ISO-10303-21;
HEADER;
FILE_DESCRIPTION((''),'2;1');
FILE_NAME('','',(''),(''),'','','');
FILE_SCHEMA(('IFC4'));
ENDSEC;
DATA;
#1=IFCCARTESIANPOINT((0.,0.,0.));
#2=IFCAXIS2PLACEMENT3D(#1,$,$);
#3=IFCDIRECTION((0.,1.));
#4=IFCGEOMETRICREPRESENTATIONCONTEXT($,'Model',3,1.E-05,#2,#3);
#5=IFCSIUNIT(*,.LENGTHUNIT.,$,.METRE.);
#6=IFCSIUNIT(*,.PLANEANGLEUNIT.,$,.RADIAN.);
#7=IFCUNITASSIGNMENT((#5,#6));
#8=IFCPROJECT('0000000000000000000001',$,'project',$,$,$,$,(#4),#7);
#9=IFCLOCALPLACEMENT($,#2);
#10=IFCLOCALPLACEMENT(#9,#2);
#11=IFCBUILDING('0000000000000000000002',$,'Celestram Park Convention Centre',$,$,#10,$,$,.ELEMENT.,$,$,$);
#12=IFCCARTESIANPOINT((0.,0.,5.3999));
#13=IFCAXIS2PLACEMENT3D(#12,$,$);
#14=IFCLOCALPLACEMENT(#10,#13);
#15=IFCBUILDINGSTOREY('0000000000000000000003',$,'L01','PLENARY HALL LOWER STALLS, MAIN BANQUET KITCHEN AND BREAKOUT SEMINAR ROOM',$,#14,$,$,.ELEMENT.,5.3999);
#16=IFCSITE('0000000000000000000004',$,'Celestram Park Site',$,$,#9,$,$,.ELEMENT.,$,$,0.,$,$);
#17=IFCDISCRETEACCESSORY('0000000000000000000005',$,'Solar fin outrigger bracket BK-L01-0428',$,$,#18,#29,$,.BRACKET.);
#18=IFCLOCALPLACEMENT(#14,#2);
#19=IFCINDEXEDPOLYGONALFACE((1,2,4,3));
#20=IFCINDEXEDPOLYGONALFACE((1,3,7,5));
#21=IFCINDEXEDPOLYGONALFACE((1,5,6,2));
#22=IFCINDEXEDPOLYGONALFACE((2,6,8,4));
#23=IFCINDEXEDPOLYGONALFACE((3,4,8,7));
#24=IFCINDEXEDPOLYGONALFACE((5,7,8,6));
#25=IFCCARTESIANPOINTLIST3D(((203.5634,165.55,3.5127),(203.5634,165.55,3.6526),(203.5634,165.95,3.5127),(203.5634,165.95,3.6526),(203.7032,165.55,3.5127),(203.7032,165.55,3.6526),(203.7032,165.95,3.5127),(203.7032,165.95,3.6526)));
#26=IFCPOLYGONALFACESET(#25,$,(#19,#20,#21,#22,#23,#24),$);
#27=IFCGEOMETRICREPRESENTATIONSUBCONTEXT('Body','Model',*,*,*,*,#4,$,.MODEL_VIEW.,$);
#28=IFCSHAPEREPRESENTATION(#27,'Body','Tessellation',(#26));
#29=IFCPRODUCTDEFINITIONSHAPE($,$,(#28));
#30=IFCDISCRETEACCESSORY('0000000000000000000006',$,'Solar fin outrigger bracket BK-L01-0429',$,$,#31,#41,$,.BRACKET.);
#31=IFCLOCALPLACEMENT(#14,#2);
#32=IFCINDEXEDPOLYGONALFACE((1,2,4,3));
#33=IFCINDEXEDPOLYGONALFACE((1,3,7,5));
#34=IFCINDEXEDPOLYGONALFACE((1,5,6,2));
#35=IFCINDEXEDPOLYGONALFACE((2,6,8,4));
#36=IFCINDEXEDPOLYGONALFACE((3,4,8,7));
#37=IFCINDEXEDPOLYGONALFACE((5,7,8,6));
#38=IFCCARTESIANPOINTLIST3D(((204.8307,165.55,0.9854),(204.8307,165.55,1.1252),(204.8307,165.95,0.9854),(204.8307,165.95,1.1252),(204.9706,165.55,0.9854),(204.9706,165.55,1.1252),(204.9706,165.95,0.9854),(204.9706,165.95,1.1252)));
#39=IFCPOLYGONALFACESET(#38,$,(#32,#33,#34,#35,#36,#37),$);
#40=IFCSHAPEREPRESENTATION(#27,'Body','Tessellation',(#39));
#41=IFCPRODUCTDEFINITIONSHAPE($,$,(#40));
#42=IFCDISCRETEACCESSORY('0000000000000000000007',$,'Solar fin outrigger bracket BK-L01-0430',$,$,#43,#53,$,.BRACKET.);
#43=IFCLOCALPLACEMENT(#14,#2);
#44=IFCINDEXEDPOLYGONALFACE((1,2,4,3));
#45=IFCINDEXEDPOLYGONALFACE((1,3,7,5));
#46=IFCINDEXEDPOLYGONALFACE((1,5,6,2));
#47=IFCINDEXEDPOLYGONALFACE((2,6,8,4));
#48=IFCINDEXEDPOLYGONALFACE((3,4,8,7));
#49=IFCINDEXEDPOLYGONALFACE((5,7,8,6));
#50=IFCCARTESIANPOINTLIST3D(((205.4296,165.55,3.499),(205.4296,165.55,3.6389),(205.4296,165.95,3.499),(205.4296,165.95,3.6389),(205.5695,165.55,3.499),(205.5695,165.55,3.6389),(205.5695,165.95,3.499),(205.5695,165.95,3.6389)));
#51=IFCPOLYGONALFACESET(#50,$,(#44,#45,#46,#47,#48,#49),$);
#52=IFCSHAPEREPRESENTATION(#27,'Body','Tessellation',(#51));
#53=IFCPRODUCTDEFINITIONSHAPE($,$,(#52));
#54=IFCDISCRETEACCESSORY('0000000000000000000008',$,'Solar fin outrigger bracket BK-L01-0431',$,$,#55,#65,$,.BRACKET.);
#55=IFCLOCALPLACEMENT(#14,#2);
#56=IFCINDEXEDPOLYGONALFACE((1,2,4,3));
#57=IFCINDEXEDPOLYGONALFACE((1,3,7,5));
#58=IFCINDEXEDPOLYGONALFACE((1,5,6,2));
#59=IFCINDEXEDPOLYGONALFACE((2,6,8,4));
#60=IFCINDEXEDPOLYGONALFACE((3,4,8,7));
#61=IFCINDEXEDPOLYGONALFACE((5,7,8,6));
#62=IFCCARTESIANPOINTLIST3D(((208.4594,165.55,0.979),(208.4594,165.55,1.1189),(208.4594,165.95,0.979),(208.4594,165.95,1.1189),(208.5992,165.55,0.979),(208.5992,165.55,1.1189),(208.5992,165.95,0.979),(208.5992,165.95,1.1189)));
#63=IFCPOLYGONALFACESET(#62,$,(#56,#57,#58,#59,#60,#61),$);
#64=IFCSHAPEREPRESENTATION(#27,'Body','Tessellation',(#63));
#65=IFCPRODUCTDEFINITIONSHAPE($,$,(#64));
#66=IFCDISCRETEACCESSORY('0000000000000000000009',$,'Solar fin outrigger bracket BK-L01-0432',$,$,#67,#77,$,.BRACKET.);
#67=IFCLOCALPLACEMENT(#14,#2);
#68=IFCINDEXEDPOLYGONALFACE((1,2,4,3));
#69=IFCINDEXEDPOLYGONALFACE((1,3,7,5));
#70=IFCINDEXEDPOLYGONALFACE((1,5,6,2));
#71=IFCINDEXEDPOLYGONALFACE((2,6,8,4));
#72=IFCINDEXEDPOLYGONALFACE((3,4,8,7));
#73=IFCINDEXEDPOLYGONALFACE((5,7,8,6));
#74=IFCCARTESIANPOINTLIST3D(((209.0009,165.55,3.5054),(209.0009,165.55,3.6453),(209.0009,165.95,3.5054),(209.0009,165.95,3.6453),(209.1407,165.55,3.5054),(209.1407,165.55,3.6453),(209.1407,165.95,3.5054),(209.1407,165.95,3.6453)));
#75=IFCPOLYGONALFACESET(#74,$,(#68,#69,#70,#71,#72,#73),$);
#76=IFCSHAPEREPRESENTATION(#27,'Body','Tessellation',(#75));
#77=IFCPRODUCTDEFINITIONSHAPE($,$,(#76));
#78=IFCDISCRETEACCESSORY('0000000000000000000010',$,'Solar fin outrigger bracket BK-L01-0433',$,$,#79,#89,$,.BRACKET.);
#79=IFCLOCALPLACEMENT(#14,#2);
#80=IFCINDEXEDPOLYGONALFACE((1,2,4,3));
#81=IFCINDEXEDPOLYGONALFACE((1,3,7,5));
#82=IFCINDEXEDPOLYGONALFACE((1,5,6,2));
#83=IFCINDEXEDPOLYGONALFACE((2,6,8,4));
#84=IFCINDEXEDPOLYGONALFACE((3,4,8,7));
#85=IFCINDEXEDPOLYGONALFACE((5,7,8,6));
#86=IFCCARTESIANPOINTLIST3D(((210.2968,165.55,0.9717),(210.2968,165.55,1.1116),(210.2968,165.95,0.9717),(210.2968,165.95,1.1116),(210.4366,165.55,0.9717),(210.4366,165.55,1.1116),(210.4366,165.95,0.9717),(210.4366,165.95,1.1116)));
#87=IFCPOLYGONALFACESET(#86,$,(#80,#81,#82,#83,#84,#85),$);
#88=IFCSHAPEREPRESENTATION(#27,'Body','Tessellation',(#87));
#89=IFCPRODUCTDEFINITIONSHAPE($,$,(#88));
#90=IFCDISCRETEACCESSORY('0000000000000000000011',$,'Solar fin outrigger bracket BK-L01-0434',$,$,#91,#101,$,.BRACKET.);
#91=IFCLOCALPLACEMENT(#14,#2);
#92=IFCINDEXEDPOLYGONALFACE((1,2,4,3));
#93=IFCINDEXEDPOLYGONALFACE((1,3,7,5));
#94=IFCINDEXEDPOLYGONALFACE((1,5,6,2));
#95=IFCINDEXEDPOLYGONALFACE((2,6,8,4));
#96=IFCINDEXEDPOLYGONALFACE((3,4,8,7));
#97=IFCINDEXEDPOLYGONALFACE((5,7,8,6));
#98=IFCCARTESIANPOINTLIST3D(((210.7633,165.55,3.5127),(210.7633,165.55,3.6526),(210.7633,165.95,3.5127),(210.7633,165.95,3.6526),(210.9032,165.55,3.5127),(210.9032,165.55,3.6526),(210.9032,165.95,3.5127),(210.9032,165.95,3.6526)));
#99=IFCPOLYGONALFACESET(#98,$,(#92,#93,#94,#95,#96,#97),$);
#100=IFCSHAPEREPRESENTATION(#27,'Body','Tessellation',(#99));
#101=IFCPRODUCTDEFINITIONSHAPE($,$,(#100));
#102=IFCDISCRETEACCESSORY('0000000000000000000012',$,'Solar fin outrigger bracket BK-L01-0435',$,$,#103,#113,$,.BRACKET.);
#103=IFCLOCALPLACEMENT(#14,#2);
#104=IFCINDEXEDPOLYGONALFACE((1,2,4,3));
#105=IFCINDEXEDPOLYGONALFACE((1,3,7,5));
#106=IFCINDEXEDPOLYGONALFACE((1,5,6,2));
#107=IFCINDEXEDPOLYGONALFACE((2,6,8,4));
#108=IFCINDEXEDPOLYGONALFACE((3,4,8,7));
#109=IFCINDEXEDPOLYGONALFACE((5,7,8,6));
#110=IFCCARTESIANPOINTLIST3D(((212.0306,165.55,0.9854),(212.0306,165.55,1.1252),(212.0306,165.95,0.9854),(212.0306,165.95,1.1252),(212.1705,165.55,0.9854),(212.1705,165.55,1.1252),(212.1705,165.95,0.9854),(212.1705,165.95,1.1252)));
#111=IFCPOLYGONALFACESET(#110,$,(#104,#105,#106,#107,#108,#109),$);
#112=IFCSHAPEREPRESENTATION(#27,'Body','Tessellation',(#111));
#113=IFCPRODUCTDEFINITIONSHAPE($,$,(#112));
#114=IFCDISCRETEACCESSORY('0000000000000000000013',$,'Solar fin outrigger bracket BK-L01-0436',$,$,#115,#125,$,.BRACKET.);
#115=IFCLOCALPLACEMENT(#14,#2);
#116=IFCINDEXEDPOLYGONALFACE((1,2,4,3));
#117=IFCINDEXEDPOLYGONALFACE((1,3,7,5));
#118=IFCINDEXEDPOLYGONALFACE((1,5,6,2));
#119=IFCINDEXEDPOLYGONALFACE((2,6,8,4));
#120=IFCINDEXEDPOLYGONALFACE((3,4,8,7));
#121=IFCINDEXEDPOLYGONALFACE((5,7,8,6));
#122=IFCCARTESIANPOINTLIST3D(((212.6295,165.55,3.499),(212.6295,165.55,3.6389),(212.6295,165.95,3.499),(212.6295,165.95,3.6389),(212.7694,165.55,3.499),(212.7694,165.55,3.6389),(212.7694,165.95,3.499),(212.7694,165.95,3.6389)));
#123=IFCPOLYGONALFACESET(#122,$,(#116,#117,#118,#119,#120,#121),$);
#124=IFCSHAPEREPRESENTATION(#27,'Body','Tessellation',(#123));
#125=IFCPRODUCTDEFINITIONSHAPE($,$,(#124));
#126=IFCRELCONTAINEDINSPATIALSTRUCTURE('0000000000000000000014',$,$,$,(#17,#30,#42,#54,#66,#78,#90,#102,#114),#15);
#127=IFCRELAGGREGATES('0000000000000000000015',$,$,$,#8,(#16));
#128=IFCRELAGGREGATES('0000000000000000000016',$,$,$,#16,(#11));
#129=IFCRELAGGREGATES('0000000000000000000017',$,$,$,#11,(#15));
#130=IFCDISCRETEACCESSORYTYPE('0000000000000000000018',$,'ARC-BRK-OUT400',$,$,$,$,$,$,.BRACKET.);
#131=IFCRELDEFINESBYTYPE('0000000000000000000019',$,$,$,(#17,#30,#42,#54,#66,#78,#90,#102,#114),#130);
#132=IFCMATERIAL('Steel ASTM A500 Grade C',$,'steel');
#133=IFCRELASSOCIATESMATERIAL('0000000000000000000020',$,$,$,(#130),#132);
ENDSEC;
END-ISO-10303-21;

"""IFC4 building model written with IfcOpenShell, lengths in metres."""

from ifc_helpers import new_model, si_unit, direction, frame, origin, origin_2d, place, context, subcontext, project, spatial, rectangle, extrude, material, type_object, element, save


model = new_model("IFC4")

# Units and contexts
model_context = context("Model", 3, precision=1e-05, world=origin(), true_north=direction((0.0, 1.0)))
body_context = subcontext(model_context, "Body", "Model", "MODEL_VIEW")
ifc_project = project(units=[si_unit("LENGTHUNIT", "METRE"), si_unit("PLANEANGLEUNIT", "RADIAN")], contexts=[model_context])

# Site, building, storey
site_placement = place(None, origin())
site = spatial("IfcSite", under=ifc_project, at=site_placement, Name="Celestram Park Site", CompositionType="ELEMENT", RefElevation=0.0)
building_placement = place(site_placement, origin())
building = spatial("IfcBuilding", under=site, at=building_placement, Name="Celestram Park Convention Centre", CompositionType="ELEMENT")
storey_placement = place(building_placement, frame((0.0, 0.0, 5.3999)))
storey = spatial("IfcBuildingStorey", under=building, at=storey_placement, Name="L01", Description="PLENARY HALL LOWER STALLS, MAIN BANQUET KITCHEN AND BREAKOUT SEMINAR ROOM", CompositionType="ELEMENT", Elevation=5.3999)

# Discrete accessories
ifc_material_1 = material(Name="Steel ASTM A500 Grade C", Category="steel")
discrete_accessory_type = type_object("IfcDiscreteAccessoryType", Name="ARC-BRK-OUT400", PredefinedType="BRACKET", material=ifc_material_1)
for number, where, z_axis, x_axis, name in (
    (1, (203.6333, 165.75, 3.5127), (0.0, 0.0, 1.0), (0.0, 1.0, 0.0), "Solar fin outrigger bracket BK-L01-0428"),
    (2, (204.9006, 165.75, 0.9854), (0.0, 0.0, 1.0), (0.0, 1.0, 0.0), "Solar fin outrigger bracket BK-L01-0429"),
    (3, (205.4995, 165.75, 3.499), (0.0, 0.0, 1.0), (0.0, 1.0, 0.0), "Solar fin outrigger bracket BK-L01-0430"),
    (4, (208.5293, 165.75, 0.979), (0.0, 0.0, 1.0), (0.0, 1.0, 0.0), "Solar fin outrigger bracket BK-L01-0431"),
    (5, (209.0708, 165.75, 3.5054), (0.0, 0.0, 1.0), (0.0, 1.0, 0.0), "Solar fin outrigger bracket BK-L01-0432"),
    (6, (210.3667, 165.75, 0.9717), (0.0, 0.0, 1.0), (0.0, 1.0, 0.0), "Solar fin outrigger bracket BK-L01-0433"),
    (7, (210.8333, 165.75, 3.5127), (0.0, 0.0, 1.0), (0.0, 1.0, 0.0), "Solar fin outrigger bracket BK-L01-0434"),
    (8, (212.1006, 165.75, 0.9854), (0.0, 0.0, 1.0), (0.0, 1.0, 0.0), "Solar fin outrigger bracket BK-L01-0435"),
    (9, (212.6995, 165.75, 3.499), (0.0, 0.0, 1.0), (0.0, 1.0, 0.0), "Solar fin outrigger bracket BK-L01-0436"),
):
    element("IfcDiscreteAccessory", number, at=place(storey_placement, frame(where, z_axis=z_axis, x_axis=x_axis)), inside=storey, type_object=discrete_accessory_type, Name=name, PredefinedType="BRACKET", context=body_context, shape_type="SweptSolid", body=[
        extrude(rectangle(XDim=0.3999, YDim=0.1399, at=origin_2d()), origin(), (0.0, 0.0, 1.0), 0.1399),
    ])

save(model, "model.ifc")
